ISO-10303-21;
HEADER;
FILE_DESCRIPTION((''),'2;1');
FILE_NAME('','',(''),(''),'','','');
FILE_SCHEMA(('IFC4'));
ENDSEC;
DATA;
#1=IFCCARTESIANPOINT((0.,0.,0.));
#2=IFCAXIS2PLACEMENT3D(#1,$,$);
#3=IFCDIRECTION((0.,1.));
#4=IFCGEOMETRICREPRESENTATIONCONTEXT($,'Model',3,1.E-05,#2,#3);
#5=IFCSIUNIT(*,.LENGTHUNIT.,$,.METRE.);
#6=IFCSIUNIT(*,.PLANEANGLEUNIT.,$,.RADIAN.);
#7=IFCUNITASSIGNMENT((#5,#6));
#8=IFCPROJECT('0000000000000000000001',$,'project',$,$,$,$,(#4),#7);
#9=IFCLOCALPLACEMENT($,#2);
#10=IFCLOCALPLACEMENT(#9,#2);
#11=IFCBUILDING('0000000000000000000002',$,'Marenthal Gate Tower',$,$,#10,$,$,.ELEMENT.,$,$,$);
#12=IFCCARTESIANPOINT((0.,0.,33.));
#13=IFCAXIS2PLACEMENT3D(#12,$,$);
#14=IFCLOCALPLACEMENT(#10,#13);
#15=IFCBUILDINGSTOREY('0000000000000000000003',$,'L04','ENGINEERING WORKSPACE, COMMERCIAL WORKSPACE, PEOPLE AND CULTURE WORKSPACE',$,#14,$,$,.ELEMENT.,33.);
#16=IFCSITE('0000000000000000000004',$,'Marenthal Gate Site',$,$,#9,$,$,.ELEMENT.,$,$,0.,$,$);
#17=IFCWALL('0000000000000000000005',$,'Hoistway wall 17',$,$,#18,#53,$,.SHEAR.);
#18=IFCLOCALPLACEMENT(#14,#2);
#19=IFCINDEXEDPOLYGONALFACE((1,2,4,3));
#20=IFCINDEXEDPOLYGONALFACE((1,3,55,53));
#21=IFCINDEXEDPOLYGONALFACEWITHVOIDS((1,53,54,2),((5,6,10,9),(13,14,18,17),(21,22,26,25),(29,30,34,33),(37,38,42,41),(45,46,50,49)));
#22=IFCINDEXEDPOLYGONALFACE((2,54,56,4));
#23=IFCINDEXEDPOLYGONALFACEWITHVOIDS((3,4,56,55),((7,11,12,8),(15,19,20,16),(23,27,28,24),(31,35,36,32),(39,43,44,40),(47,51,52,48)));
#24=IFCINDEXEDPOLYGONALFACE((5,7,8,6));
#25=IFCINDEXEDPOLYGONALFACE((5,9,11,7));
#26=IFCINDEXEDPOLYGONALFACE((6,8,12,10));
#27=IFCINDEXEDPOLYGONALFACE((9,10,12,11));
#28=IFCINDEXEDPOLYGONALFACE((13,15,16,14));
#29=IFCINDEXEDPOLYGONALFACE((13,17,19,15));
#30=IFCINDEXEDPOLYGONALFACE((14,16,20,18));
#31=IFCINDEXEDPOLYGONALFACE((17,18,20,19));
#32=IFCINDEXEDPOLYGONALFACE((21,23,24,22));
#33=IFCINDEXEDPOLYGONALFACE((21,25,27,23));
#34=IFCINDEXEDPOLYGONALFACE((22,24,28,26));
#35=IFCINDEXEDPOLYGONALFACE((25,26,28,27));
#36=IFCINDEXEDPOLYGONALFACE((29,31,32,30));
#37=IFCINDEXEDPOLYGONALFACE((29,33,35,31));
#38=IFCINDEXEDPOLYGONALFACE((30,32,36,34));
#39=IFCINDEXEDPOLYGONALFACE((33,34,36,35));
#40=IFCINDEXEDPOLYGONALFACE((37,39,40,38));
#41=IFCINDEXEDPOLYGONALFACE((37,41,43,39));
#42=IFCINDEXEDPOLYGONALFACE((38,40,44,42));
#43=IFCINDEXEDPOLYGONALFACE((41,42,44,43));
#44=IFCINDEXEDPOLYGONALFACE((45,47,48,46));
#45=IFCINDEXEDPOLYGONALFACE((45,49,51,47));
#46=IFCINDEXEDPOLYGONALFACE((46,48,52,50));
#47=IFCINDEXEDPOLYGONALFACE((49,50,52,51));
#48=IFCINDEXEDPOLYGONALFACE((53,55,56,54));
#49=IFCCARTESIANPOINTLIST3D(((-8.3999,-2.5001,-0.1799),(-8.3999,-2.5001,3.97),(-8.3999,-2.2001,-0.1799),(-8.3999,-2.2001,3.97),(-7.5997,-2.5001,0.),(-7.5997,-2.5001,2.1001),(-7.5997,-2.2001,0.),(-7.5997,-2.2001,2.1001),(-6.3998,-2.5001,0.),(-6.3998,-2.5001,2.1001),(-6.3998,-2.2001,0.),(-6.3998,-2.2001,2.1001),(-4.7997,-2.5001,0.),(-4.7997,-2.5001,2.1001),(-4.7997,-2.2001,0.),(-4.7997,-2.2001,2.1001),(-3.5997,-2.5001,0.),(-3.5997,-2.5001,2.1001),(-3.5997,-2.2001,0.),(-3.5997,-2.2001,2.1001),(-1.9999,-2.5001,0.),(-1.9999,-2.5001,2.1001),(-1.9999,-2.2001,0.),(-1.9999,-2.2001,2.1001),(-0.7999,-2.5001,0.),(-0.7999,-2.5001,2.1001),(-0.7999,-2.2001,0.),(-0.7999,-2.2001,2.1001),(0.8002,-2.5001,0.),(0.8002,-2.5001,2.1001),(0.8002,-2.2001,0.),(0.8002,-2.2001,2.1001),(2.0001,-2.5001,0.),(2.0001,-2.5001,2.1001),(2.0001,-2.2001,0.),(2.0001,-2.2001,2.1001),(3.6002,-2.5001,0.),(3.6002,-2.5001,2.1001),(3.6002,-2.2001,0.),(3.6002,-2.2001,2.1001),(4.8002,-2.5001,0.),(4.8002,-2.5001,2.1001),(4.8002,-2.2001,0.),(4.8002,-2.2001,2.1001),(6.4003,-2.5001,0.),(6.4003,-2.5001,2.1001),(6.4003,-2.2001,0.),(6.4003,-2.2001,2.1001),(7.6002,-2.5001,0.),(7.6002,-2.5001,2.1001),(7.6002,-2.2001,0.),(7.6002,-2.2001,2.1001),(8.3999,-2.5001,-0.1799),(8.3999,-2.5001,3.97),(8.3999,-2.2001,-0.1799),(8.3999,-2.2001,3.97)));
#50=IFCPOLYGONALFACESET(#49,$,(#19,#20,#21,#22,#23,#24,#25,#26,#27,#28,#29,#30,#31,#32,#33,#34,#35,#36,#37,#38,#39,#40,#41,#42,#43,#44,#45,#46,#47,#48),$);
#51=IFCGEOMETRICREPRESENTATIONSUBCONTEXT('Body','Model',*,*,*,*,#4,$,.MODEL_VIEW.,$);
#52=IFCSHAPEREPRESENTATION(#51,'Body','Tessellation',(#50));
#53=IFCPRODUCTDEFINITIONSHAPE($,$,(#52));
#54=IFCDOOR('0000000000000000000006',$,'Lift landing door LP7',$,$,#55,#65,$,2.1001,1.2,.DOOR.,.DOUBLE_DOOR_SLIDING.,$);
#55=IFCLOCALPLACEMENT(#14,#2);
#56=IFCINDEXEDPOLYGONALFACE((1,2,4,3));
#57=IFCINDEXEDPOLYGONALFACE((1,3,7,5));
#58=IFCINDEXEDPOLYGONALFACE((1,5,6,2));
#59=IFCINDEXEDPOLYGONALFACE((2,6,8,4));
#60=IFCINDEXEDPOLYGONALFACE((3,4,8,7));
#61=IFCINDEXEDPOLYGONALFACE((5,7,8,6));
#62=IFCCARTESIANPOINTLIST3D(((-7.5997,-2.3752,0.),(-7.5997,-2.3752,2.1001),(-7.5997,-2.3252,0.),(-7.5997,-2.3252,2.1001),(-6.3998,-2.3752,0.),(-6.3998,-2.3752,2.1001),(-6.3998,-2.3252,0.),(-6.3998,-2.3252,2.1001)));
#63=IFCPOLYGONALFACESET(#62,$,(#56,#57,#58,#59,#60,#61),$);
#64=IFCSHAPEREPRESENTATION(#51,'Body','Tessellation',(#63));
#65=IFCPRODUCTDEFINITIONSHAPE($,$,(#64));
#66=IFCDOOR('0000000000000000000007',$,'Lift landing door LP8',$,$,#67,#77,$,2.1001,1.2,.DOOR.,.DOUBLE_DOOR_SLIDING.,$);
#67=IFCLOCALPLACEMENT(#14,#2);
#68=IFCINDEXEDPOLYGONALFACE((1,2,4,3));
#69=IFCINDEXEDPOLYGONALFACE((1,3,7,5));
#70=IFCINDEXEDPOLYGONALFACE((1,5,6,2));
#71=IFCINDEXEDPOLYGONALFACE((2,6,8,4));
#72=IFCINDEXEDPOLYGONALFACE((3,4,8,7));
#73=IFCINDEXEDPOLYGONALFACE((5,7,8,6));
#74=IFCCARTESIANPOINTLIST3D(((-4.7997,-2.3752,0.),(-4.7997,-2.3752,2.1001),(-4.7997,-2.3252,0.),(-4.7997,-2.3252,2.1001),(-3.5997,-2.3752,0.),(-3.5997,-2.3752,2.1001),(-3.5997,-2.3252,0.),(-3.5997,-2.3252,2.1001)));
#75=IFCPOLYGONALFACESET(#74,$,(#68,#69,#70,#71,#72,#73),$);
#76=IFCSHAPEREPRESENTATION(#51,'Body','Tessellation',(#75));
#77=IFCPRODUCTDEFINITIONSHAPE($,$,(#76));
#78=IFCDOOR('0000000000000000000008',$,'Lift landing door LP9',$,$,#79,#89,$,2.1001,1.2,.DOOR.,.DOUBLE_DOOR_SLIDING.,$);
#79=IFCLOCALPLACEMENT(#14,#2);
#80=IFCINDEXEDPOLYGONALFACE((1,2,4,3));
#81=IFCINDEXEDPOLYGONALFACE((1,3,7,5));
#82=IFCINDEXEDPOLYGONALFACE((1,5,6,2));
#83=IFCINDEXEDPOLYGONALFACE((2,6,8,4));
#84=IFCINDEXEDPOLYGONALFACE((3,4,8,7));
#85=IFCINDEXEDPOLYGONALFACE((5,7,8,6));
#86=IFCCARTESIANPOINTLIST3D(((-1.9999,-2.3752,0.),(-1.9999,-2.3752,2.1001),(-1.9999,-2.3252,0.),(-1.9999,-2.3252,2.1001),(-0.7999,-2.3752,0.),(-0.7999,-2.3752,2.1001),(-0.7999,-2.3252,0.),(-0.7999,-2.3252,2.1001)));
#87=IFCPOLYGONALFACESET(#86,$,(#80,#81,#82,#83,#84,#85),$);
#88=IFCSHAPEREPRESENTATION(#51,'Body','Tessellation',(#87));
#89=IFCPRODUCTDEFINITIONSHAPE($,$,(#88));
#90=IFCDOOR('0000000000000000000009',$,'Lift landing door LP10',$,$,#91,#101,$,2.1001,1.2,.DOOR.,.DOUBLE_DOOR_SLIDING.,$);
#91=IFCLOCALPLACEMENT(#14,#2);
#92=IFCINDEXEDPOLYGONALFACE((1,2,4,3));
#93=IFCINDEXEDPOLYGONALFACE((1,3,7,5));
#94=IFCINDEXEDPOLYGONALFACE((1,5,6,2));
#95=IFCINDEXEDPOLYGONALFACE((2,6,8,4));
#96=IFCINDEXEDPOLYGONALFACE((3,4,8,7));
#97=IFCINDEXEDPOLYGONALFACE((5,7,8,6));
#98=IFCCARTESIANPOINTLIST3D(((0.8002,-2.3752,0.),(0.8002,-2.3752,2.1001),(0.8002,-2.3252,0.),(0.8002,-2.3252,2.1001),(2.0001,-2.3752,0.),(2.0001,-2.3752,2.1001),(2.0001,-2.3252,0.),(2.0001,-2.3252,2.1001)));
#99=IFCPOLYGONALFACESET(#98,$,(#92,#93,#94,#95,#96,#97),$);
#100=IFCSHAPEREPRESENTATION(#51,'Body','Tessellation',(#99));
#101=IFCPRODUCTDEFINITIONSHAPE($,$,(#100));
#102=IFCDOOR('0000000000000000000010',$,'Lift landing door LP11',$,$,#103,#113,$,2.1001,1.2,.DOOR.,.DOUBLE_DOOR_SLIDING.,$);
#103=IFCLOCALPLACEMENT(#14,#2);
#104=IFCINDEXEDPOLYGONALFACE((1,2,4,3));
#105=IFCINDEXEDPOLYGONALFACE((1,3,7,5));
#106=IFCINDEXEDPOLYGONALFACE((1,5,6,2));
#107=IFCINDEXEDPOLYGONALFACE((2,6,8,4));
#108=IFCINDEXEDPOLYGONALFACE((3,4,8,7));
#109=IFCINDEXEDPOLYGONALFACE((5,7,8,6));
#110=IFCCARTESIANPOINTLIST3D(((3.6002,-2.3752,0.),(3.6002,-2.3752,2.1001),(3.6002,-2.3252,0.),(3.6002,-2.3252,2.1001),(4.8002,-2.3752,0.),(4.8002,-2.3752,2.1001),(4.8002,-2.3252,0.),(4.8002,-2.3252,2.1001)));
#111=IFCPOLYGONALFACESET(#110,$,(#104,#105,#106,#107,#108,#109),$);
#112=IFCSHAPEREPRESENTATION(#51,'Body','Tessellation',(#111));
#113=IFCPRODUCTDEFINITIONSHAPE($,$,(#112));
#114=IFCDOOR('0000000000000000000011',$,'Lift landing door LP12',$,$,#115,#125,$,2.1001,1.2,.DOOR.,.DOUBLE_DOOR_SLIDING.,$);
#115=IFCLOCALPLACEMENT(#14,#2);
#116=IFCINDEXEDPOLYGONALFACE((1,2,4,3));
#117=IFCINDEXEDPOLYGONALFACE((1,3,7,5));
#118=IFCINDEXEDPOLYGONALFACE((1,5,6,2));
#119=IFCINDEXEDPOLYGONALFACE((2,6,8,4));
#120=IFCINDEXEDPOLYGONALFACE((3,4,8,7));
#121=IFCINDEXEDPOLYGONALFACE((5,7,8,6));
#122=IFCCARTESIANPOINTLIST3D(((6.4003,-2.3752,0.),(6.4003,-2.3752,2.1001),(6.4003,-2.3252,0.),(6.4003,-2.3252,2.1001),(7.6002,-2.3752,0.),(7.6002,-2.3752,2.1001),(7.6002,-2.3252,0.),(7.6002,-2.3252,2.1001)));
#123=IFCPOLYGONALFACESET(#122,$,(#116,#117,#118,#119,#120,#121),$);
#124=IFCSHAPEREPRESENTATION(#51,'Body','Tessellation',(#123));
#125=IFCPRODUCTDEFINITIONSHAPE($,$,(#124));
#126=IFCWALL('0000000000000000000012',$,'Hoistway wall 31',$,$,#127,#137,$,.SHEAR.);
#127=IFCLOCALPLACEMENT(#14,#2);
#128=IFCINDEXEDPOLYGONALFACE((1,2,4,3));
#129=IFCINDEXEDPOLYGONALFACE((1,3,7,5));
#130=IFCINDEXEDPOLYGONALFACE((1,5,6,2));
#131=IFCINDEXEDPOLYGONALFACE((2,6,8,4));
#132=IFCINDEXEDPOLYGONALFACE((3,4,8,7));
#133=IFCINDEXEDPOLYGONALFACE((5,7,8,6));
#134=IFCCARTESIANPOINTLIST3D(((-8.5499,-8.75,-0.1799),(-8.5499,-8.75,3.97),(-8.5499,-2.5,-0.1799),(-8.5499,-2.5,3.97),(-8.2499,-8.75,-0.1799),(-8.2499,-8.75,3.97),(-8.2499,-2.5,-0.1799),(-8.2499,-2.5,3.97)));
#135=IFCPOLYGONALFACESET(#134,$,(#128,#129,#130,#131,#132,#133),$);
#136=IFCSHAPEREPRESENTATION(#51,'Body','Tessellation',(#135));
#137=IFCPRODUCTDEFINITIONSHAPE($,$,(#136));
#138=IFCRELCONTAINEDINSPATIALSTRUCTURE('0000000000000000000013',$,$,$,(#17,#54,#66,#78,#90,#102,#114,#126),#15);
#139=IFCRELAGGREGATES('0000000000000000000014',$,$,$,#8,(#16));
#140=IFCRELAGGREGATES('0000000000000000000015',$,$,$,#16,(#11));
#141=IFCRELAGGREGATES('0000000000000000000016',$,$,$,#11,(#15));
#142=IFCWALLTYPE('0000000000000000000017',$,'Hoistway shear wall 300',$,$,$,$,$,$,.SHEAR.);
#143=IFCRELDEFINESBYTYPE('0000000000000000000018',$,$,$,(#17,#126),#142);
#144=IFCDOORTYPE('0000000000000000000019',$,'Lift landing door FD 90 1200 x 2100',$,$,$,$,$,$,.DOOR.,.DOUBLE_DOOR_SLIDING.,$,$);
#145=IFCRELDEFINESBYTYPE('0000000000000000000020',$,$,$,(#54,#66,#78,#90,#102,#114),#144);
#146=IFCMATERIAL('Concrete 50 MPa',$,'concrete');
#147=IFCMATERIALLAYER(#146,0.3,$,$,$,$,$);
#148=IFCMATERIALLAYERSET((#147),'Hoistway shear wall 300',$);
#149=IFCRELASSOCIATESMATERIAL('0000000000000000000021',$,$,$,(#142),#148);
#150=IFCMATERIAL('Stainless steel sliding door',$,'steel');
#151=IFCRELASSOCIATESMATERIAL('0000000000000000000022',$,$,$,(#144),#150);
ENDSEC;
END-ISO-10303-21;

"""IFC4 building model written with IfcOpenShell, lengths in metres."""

from ifc_helpers import new_model, si_unit, direction, frame, frame_2d, origin, place, context, subcontext, project, spatial, rectangle, extrude, material, layer, layer_set, type_object, element, fill, save


model = new_model("IFC4")

# Units and contexts
model_context = context("Model", 3, precision=1e-05, world=origin(), true_north=direction((0.0, 1.0)))
body_context = subcontext(model_context, "Body", "Model", "MODEL_VIEW")
ifc_project = project(units=[si_unit("LENGTHUNIT", "METRE"), si_unit("PLANEANGLEUNIT", "RADIAN")], contexts=[model_context])

# Site, building, storey
site_placement = place(None, origin())
site = spatial("IfcSite", under=ifc_project, at=site_placement, Name="Marenthal Gate Site", CompositionType="ELEMENT", RefElevation=0.0)
building_placement = place(site_placement, origin())
building = spatial("IfcBuilding", under=site, at=building_placement, Name="Marenthal Gate Tower", CompositionType="ELEMENT")
storey_placement = place(building_placement, frame((0.0, 0.0, 33.0)))
storey = spatial("IfcBuildingStorey", under=building, at=storey_placement, Name="L04", Description="ENGINEERING WORKSPACE, COMMERCIAL WORKSPACE, PEOPLE AND CULTURE WORKSPACE", CompositionType="ELEMENT", Elevation=33.0)

# Wall, openings, doors
ifc_material_1 = material(Name="Concrete 50 MPa", Category="concrete")
ifc_layer_1 = layer(ifc_material_1, 0.3)
ifc_layer_set_1 = layer_set([ifc_layer_1], Name="Hoistway shear wall 300")
wall_type_1 = type_object("IfcWallType", Name="Hoistway shear wall 300", PredefinedType="SHEAR", material=ifc_layer_set_1)
wall_1_placement = place(storey_placement, frame((-8.3999, -2.3501, -0.1799), z_axis=(0.0, 0.0, 1.0), x_axis=(1.0, 0.0, 0.0)))
wall_1 = element("IfcWall", 1, at=wall_1_placement, inside=storey, type_object=wall_type_1, Name="Hoistway wall 17", PredefinedType="SHEAR", context=body_context, shape_type="SweptSolid", body=[
    extrude(rectangle(XDim=16.7998, YDim=0.3, at=frame_2d((8.3999, 0.0))), origin(), (0.0, 0.0, 1.0), 4.1499),
])
opening_1_placement = place(wall_1_placement, frame((0.8, 0.0, 0.1799)))
opening_1 = element("IfcOpeningElement", 2, at=opening_1_placement, cuts=wall_1, PredefinedType="OPENING", context=body_context, shape_type="SweptSolid", body=[
    extrude(rectangle(XDim=1.2, YDim=2.1001, at=frame_2d((0.6001, 1.05))), frame((0.0, 0.1602, 0.0), z_axis=(0.0, -1.0, 0.0), x_axis=(1.0, 0.0, 0.0)), (0.0, 0.0, 1.0), 0.3201),
])
opening_2_placement = place(wall_1_placement, frame((3.6001, 0.0, 0.1799)))
opening_2 = element("IfcOpeningElement", 3, at=opening_2_placement, cuts=wall_1, PredefinedType="OPENING", context=body_context, shape_type="SweptSolid", body=[
    extrude(rectangle(XDim=1.2, YDim=2.1001, at=frame_2d((0.6001, 1.05))), frame((0.0, 0.1602, 0.0), z_axis=(0.0, -1.0, 0.0), x_axis=(1.0, 0.0, 0.0)), (0.0, 0.0, 1.0), 0.3201),
])
opening_3_placement = place(wall_1_placement, frame((6.3999, 0.0, 0.1799)))
opening_3 = element("IfcOpeningElement", 4, at=opening_3_placement, cuts=wall_1, PredefinedType="OPENING", context=body_context, shape_type="SweptSolid", body=[
    extrude(rectangle(XDim=1.2, YDim=2.1001, at=frame_2d((0.6001, 1.05))), frame((0.0, 0.1602, 0.0), z_axis=(0.0, -1.0, 0.0), x_axis=(1.0, 0.0, 0.0)), (0.0, 0.0, 1.0), 0.3201),
])
opening_4_placement = place(wall_1_placement, frame((9.2, 0.0, 0.1799)))
opening_4 = element("IfcOpeningElement", 5, at=opening_4_placement, cuts=wall_1, PredefinedType="OPENING", context=body_context, shape_type="SweptSolid", body=[
    extrude(rectangle(XDim=1.2, YDim=2.1001, at=frame_2d((0.6001, 1.05))), frame((0.0, 0.1602, 0.0), z_axis=(0.0, -1.0, 0.0), x_axis=(1.0, 0.0, 0.0)), (0.0, 0.0, 1.0), 0.3201),
])
opening_5_placement = place(wall_1_placement, frame((12.0, 0.0, 0.1799)))
opening_5 = element("IfcOpeningElement", 6, at=opening_5_placement, cuts=wall_1, PredefinedType="OPENING", context=body_context, shape_type="SweptSolid", body=[
    extrude(rectangle(XDim=1.2, YDim=2.1001, at=frame_2d((0.6001, 1.05))), frame((0.0, 0.1602, 0.0), z_axis=(0.0, -1.0, 0.0), x_axis=(1.0, 0.0, 0.0)), (0.0, 0.0, 1.0), 0.3201),
])
opening_6_placement = place(wall_1_placement, frame((14.8, 0.0, 0.1799)))
opening_6 = element("IfcOpeningElement", 7, at=opening_6_placement, cuts=wall_1, PredefinedType="OPENING", context=body_context, shape_type="SweptSolid", body=[
    extrude(rectangle(XDim=1.2, YDim=2.1001, at=frame_2d((0.6001, 1.05))), frame((0.0, 0.1602, 0.0), z_axis=(0.0, -1.0, 0.0), x_axis=(1.0, 0.0, 0.0)), (0.0, 0.0, 1.0), 0.3201),
])
ifc_material_2 = material(Name="Stainless steel sliding door", Category="steel")
door_type_1 = type_object("IfcDoorType", Name="Lift landing door FD 90 1200 x 2100", OperationType="DOUBLE_DOOR_SLIDING", PredefinedType="DOOR", material=ifc_material_2)
door_1_placement = place(opening_1_placement, origin())
door_1 = element("IfcDoor", 8, at=door_1_placement, inside=storey, type_object=door_type_1, Name="Lift landing door LP7", OperationType="DOUBLE_DOOR_SLIDING", OverallHeight=2.1001, OverallWidth=1.2, PredefinedType="DOOR", context=body_context, shape_type="SweptSolid", body=[
    extrude(rectangle(XDim=1.2, YDim=2.1001, at=frame_2d((0.6001, 1.05))), frame((0.0, 0.0249, 0.0), z_axis=(0.0, -1.0, 0.0), x_axis=(1.0, 0.0, 0.0)), (0.0, 0.0, 1.0), 0.05),
])
fill(opening_1, door_1)
door_2_placement = place(opening_2_placement, origin())
door_2 = element("IfcDoor", 9, at=door_2_placement, inside=storey, type_object=door_type_1, Name="Lift landing door LP8", OperationType="DOUBLE_DOOR_SLIDING", OverallHeight=2.1001, OverallWidth=1.2, PredefinedType="DOOR", context=body_context, shape_type="SweptSolid", body=[
    extrude(rectangle(XDim=1.2, YDim=2.1001, at=frame_2d((0.6001, 1.05))), frame((0.0, 0.0249, 0.0), z_axis=(0.0, -1.0, 0.0), x_axis=(1.0, 0.0, 0.0)), (0.0, 0.0, 1.0), 0.05),
])
fill(opening_2, door_2)
door_3_placement = place(opening_3_placement, origin())
door_3 = element("IfcDoor", 10, at=door_3_placement, inside=storey, type_object=door_type_1, Name="Lift landing door LP9", OperationType="DOUBLE_DOOR_SLIDING", OverallHeight=2.1001, OverallWidth=1.2, PredefinedType="DOOR", context=body_context, shape_type="SweptSolid", body=[
    extrude(rectangle(XDim=1.2, YDim=2.1001, at=frame_2d((0.6001, 1.05))), frame((0.0, 0.0249, 0.0), z_axis=(0.0, -1.0, 0.0), x_axis=(1.0, 0.0, 0.0)), (0.0, 0.0, 1.0), 0.05),
])
fill(opening_3, door_3)
door_4_placement = place(opening_4_placement, origin())
door_4 = element("IfcDoor", 11, at=door_4_placement, inside=storey, type_object=door_type_1, Name="Lift landing door LP10", OperationType="DOUBLE_DOOR_SLIDING", OverallHeight=2.1001, OverallWidth=1.2, PredefinedType="DOOR", context=body_context, shape_type="SweptSolid", body=[
    extrude(rectangle(XDim=1.2, YDim=2.1001, at=frame_2d((0.6001, 1.05))), frame((0.0, 0.0249, 0.0), z_axis=(0.0, -1.0, 0.0), x_axis=(1.0, 0.0, 0.0)), (0.0, 0.0, 1.0), 0.05),
])
fill(opening_4, door_4)
door_5_placement = place(opening_5_placement, origin())
door_5 = element("IfcDoor", 12, at=door_5_placement, inside=storey, type_object=door_type_1, Name="Lift landing door LP11", OperationType="DOUBLE_DOOR_SLIDING", OverallHeight=2.1001, OverallWidth=1.2, PredefinedType="DOOR", context=body_context, shape_type="SweptSolid", body=[
    extrude(rectangle(XDim=1.2, YDim=2.1001, at=frame_2d((0.6001, 1.05))), frame((0.0, 0.0249, 0.0), z_axis=(0.0, -1.0, 0.0), x_axis=(1.0, 0.0, 0.0)), (0.0, 0.0, 1.0), 0.05),
])
fill(opening_5, door_5)
door_6_placement = place(opening_6_placement, origin())
door_6 = element("IfcDoor", 13, at=door_6_placement, inside=storey, type_object=door_type_1, Name="Lift landing door LP12", OperationType="DOUBLE_DOOR_SLIDING", OverallHeight=2.1001, OverallWidth=1.2, PredefinedType="DOOR", context=body_context, shape_type="SweptSolid", body=[
    extrude(rectangle(XDim=1.2, YDim=2.1001, at=frame_2d((0.6001, 1.05))), frame((0.0, 0.0249, 0.0), z_axis=(0.0, -1.0, 0.0), x_axis=(1.0, 0.0, 0.0)), (0.0, 0.0, 1.0), 0.05),
])
fill(opening_6, door_6)

# Wall
wall_2_placement = place(storey_placement, frame((-8.3999, -8.75, -0.1799), z_axis=(0.0, 0.0, 1.0), x_axis=(0.0, 1.0, 0.0)))
element("IfcWall", 14, at=wall_2_placement, inside=storey, type_object=wall_type_1, Name="Hoistway wall 31", PredefinedType="SHEAR", context=body_context, shape_type="SweptSolid", body=[
    extrude(rectangle(XDim=6.25, YDim=0.3, at=frame_2d((3.125, 0.0))), origin(), (0.0, 0.0, 1.0), 4.1499),
])

save(model, "model.ifc")
